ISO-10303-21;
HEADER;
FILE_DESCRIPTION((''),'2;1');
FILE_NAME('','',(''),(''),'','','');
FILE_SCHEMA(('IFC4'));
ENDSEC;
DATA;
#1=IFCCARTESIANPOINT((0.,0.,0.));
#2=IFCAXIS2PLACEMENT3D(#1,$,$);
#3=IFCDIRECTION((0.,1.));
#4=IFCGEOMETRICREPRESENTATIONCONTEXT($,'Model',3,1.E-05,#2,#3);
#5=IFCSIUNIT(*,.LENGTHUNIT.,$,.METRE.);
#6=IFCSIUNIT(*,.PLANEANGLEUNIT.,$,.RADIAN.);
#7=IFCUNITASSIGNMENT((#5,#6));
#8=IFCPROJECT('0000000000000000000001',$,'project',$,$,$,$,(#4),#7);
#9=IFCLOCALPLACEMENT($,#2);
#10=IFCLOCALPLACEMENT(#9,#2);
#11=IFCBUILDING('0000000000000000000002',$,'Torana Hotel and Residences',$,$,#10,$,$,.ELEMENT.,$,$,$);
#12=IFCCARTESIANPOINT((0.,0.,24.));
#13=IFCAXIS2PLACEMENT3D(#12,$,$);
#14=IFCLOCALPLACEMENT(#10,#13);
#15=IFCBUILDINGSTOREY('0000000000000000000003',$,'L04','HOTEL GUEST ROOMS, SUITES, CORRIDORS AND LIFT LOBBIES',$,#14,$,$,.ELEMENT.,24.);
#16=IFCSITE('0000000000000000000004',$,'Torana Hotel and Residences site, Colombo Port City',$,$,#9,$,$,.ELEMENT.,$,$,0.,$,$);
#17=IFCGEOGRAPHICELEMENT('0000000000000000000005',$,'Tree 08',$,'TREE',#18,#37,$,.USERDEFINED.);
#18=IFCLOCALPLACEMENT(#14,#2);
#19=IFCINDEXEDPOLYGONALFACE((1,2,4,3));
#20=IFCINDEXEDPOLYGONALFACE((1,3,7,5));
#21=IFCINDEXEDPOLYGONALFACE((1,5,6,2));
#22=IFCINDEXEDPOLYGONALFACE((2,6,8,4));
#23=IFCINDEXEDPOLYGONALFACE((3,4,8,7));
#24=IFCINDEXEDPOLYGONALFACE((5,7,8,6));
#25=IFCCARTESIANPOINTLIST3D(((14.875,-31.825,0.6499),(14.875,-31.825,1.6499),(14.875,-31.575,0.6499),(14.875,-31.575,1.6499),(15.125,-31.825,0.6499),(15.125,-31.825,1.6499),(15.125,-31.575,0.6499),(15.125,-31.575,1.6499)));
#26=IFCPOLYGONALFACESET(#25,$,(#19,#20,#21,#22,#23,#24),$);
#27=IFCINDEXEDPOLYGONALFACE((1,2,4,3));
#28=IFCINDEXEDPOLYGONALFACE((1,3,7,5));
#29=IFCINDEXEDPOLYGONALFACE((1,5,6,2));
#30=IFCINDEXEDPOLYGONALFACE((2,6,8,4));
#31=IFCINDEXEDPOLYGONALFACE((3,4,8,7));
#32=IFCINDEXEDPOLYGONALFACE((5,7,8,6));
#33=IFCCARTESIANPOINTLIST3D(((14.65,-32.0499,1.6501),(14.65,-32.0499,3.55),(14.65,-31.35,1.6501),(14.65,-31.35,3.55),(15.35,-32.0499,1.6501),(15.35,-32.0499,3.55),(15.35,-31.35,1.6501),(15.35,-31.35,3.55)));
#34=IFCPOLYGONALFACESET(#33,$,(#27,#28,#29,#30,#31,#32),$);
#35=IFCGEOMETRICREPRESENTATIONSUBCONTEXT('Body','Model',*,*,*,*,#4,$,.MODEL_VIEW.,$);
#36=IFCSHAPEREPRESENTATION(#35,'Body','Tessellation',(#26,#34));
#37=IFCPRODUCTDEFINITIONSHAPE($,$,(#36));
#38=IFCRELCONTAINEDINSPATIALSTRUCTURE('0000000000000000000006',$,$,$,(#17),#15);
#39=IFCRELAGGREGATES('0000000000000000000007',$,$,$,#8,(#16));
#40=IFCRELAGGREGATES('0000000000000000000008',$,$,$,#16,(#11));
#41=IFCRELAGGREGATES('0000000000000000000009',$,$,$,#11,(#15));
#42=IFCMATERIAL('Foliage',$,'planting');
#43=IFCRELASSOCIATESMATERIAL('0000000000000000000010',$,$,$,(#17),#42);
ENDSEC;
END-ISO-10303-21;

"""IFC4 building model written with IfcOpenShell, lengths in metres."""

from ifc_helpers import new_model, si_unit, direction, frame, origin, origin_2d, place, context, subcontext, project, spatial, rectangle, extrude, material, element, save


model = new_model("IFC4")

# Units and contexts
model_context = context("Model", 3, precision=1e-05, world=origin(), true_north=direction((0.0, 1.0)))
body_context = subcontext(model_context, "Body", "Model", "MODEL_VIEW")
ifc_project = project(units=[si_unit("LENGTHUNIT", "METRE"), si_unit("PLANEANGLEUNIT", "RADIAN")], contexts=[model_context])

# Site, building, storey
site_placement = place(None, origin())
site = spatial("IfcSite", under=ifc_project, at=site_placement, Name="Torana Hotel and Residences site, Colombo Port City", CompositionType="ELEMENT", RefElevation=0.0)
building_placement = place(site_placement, origin())
building = spatial("IfcBuilding", under=site, at=building_placement, Name="Torana Hotel and Residences", CompositionType="ELEMENT")
storey_placement = place(building_placement, frame((0.0, 0.0, 24.0)))
storey = spatial("IfcBuildingStorey", under=building, at=storey_placement, Name="L04", Description="HOTEL GUEST ROOMS, SUITES, CORRIDORS AND LIFT LOBBIES", CompositionType="ELEMENT", Elevation=24.0)

# Geographic element
ifc_material_1 = material(Name="Foliage", Category="planting")
for number, where, z_axis, x_axis, name in (
    (1, (15.0, -31.7, 0.6499), (0.0, 0.0, 1.0), (1.0, 0.0, 0.0), "Tree 08"),
):
    element("IfcGeographicElement", number, at=place(storey_placement, frame(where, z_axis=z_axis, x_axis=x_axis)), inside=storey, material=ifc_material_1, Name=name, ObjectType="TREE", PredefinedType="USERDEFINED", context=body_context, shape_type="SweptSolid", body=[
        extrude(rectangle(XDim=0.25, YDim=0.25, at=origin_2d()), origin(), (0.0, 0.0, 1.0), 1.0),
        extrude(rectangle(XDim=0.7, YDim=0.7, at=origin_2d()), frame((0.0, 0.0, 1.0002)), (0.0, 0.0, 1.0), 1.8999),
    ])

save(model, "model.ifc")
